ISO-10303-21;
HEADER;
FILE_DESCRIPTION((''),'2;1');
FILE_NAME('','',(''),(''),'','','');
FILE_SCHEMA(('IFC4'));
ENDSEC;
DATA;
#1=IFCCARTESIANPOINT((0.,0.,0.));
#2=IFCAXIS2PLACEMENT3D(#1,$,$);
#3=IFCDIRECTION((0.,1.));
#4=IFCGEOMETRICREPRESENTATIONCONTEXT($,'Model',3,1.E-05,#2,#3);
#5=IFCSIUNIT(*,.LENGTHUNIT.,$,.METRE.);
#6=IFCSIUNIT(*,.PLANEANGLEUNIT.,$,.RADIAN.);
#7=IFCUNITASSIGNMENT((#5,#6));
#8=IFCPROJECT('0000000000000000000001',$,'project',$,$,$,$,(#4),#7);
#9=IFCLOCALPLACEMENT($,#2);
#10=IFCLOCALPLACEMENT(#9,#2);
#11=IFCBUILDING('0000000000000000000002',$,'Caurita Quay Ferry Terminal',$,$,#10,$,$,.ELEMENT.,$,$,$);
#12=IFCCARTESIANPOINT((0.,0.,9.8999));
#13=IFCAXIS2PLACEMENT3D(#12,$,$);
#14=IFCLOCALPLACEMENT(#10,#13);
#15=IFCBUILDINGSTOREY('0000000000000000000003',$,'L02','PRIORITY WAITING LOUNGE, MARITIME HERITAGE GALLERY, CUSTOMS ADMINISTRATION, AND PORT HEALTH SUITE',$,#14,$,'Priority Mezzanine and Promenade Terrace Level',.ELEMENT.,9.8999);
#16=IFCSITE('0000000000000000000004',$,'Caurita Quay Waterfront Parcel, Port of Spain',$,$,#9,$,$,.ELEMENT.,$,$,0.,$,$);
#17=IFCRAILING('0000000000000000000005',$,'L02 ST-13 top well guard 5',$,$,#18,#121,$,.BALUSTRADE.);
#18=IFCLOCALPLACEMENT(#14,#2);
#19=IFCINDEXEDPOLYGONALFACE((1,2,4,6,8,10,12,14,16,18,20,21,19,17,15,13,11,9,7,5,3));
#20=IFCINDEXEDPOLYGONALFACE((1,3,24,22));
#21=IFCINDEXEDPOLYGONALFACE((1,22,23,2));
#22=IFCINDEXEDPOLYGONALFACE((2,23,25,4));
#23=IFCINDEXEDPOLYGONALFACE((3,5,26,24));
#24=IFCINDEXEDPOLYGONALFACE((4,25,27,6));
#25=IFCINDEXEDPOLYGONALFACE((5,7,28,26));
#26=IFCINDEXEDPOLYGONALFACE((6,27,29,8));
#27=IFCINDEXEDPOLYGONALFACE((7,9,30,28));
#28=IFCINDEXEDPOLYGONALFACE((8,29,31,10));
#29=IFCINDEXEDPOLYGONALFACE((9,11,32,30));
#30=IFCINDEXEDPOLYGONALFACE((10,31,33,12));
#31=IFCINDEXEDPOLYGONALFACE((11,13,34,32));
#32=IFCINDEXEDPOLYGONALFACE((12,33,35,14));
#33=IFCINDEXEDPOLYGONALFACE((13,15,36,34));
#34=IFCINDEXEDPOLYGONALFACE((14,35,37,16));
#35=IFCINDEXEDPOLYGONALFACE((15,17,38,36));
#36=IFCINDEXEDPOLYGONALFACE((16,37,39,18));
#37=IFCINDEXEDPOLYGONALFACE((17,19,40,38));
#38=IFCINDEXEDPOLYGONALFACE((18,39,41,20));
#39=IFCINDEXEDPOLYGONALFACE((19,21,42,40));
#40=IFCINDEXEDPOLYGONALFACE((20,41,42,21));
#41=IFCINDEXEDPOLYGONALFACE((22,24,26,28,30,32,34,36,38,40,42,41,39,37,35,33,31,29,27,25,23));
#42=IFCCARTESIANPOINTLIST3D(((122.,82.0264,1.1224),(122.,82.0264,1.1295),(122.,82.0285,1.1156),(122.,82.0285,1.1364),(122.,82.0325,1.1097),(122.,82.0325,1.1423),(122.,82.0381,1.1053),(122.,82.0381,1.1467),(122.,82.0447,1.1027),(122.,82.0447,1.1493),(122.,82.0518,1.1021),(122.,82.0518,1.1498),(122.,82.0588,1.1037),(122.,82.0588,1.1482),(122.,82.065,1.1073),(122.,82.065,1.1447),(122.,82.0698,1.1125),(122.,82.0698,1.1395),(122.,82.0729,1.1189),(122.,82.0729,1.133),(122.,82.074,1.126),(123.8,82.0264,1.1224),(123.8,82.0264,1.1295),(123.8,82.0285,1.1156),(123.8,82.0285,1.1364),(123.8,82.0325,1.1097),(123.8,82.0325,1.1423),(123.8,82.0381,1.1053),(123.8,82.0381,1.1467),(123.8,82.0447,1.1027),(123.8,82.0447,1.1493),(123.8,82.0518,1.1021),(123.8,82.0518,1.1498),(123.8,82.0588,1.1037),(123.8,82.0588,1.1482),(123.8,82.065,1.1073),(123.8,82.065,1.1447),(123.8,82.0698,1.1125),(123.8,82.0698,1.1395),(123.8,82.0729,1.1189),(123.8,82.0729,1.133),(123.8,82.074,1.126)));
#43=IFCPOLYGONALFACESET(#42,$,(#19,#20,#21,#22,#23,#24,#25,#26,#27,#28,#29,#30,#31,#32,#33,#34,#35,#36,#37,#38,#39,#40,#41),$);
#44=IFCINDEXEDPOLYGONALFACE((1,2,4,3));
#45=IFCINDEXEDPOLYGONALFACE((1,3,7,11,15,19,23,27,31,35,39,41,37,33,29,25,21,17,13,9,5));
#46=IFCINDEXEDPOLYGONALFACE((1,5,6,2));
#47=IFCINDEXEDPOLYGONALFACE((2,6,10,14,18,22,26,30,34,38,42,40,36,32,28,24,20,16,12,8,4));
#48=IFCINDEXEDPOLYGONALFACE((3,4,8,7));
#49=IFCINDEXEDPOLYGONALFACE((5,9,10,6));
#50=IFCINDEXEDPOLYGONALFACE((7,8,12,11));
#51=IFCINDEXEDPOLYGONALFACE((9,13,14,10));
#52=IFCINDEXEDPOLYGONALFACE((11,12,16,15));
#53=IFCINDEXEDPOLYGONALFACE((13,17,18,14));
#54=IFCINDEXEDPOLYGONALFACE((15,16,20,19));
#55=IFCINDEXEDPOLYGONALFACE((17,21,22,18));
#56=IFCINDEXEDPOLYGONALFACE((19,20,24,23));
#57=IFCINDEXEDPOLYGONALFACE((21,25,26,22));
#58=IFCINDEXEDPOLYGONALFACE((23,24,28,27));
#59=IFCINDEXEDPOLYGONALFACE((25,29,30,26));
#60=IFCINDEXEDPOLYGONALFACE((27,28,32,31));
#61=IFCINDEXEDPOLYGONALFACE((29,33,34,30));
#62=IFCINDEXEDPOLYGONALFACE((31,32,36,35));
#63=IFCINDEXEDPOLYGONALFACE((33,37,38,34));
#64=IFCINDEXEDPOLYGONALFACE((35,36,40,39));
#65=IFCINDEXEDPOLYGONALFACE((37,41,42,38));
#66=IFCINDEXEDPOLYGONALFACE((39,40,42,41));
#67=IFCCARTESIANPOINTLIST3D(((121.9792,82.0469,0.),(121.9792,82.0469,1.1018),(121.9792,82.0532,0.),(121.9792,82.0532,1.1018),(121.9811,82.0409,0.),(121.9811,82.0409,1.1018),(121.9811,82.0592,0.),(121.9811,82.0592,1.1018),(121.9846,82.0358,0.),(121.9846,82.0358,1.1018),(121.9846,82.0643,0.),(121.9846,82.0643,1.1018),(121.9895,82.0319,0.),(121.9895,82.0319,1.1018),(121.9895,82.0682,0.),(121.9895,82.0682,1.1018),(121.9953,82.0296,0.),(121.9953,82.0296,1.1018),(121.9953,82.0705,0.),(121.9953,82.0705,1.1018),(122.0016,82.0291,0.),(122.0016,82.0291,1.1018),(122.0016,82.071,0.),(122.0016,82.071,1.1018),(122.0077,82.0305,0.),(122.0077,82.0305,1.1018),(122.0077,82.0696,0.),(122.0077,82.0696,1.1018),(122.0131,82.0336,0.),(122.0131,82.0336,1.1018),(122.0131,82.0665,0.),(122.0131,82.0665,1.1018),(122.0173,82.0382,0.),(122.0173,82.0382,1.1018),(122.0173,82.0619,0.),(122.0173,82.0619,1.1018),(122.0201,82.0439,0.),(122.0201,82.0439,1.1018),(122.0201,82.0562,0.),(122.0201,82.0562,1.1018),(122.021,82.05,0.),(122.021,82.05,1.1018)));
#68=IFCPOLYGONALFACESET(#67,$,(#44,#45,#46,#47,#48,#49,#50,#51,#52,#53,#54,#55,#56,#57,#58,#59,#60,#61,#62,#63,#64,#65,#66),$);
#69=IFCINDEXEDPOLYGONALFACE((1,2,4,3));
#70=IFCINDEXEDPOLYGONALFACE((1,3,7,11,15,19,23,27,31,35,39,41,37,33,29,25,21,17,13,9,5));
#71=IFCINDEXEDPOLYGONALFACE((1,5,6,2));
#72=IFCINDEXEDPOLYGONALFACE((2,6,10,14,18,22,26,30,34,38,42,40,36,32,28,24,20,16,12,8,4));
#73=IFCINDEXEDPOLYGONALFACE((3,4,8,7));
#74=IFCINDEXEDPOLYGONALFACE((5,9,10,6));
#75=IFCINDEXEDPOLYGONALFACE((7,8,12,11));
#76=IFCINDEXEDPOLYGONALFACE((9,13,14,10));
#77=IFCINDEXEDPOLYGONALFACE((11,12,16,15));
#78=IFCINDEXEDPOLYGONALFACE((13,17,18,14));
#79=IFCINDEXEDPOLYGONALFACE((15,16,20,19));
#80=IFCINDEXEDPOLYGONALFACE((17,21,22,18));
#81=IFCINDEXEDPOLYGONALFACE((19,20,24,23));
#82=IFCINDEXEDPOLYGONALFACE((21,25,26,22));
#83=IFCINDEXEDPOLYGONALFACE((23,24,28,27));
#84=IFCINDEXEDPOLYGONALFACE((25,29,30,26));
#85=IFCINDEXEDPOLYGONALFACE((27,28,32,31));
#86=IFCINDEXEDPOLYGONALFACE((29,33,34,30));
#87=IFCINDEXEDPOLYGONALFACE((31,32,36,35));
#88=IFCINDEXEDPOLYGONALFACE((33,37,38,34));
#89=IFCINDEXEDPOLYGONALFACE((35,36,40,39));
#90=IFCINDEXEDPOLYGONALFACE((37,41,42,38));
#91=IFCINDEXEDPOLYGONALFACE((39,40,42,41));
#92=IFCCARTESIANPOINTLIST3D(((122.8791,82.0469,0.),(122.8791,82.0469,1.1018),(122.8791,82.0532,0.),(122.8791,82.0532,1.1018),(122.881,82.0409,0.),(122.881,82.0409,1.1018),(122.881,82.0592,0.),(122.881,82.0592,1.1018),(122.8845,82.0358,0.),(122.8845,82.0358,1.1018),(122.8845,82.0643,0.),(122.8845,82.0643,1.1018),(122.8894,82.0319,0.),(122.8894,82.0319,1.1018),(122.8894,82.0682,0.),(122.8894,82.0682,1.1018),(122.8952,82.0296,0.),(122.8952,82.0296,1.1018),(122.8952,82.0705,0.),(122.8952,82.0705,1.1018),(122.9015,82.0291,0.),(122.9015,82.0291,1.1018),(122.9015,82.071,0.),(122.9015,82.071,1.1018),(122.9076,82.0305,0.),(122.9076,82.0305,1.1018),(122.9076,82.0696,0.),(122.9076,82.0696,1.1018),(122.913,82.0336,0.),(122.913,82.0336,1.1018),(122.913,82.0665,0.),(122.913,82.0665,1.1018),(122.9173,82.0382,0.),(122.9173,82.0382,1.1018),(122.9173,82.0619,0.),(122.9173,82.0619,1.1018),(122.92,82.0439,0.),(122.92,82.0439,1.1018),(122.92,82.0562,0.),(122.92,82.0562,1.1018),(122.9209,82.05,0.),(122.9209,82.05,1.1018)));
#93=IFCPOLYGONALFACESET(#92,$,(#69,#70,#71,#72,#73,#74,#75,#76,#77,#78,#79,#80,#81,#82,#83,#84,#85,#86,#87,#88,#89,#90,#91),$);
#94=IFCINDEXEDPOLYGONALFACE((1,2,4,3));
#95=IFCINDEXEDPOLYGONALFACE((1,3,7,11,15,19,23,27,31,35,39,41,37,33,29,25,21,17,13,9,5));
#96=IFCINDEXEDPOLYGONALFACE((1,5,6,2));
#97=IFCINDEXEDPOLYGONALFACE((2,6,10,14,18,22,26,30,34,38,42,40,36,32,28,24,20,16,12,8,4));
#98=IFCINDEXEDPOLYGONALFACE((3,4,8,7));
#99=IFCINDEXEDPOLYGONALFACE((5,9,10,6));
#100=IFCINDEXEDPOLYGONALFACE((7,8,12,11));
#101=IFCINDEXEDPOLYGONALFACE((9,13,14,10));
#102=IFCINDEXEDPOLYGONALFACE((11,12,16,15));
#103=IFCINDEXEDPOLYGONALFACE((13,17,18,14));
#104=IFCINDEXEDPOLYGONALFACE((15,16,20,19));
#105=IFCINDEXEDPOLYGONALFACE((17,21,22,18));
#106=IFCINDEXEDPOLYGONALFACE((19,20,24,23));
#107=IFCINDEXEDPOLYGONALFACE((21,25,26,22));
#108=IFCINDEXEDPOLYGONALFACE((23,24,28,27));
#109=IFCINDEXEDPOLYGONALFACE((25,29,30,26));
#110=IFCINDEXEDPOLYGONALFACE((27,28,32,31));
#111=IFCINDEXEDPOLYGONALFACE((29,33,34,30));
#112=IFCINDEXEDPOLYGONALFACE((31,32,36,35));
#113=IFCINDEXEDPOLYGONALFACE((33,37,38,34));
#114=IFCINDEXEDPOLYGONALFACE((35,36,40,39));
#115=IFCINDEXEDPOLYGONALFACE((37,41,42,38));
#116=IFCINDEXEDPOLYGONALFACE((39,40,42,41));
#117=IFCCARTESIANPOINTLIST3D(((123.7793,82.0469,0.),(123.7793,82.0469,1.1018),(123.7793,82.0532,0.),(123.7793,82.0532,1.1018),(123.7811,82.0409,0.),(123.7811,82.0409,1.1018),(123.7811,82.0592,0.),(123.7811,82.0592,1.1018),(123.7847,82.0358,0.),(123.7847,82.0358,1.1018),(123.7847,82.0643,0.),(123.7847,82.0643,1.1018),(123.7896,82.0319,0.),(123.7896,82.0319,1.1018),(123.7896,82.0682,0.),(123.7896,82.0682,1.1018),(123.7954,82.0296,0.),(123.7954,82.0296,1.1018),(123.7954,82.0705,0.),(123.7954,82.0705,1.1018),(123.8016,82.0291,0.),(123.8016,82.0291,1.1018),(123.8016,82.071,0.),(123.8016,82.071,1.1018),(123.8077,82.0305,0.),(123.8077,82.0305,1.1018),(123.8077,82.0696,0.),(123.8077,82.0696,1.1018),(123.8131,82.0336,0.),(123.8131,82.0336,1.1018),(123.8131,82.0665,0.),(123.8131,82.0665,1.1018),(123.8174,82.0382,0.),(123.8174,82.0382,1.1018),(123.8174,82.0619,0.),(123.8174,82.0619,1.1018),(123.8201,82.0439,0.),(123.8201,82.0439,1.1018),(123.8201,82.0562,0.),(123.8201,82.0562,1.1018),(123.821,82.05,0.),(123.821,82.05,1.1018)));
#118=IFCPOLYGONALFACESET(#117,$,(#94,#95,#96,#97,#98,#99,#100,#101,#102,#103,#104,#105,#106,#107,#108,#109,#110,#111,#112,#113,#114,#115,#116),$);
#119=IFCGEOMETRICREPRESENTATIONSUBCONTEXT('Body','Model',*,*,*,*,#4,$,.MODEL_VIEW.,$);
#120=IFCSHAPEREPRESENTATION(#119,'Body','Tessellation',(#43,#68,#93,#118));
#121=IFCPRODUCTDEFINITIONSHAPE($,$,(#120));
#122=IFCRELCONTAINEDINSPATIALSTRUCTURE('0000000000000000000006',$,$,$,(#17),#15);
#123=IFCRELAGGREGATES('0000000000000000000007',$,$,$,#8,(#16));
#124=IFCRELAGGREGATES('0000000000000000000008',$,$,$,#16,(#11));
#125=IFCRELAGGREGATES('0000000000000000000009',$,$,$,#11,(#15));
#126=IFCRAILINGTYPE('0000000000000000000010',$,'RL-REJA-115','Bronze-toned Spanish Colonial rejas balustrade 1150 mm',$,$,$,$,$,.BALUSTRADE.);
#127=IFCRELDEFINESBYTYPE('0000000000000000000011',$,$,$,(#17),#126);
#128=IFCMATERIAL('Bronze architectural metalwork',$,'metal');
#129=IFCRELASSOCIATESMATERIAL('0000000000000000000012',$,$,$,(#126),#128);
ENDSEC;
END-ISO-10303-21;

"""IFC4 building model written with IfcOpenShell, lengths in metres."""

from ifc_helpers import new_model, si_unit, direction, frame, origin, origin_2d, place, context, subcontext, project, spatial, circle, extrude, material, type_object, element, save


model = new_model("IFC4")

# Units and contexts
model_context = context("Model", 3, precision=1e-05, world=origin(), true_north=direction((0.0, 1.0)))
body_context = subcontext(model_context, "Body", "Model", "MODEL_VIEW")
ifc_project = project(units=[si_unit("LENGTHUNIT", "METRE"), si_unit("PLANEANGLEUNIT", "RADIAN")], contexts=[model_context])

# Site, building, storey
site_placement = place(None, origin())
site = spatial("IfcSite", under=ifc_project, at=site_placement, Name="Caurita Quay Waterfront Parcel, Port of Spain", CompositionType="ELEMENT", RefElevation=0.0)
building_placement = place(site_placement, origin())
building = spatial("IfcBuilding", under=site, at=building_placement, Name="Caurita Quay Ferry Terminal", CompositionType="ELEMENT")
storey_placement = place(building_placement, frame((0.0, 0.0, 9.8999)))
storey = spatial("IfcBuildingStorey", under=building, at=storey_placement, Name="L02", Description="PRIORITY WAITING LOUNGE, MARITIME HERITAGE GALLERY, CUSTOMS ADMINISTRATION, AND PORT HEALTH SUITE", LongName="Priority Mezzanine and Promenade Terrace Level", CompositionType="ELEMENT", Elevation=9.8999)

# Railing
ifc_material_1 = material(Name="Bronze architectural metalwork", Category="metal")
railing_type = type_object("IfcRailingType", Name="RL-REJA-115", Description="Bronze-toned Spanish Colonial rejas balustrade 1150 mm", PredefinedType="BALUSTRADE", material=ifc_material_1)
railing_1_placement = place(storey_placement, frame((122.0, 82.05, 0.0)))
element("IfcRailing", 1, at=railing_1_placement, inside=storey, type_object=railing_type, Name="L02 ST-13 top well guard 5", PredefinedType="BALUSTRADE", context=body_context, shape_type="SweptSolid", body=[
    extrude(circle(Radius=0.0239, at=origin_2d()), frame((0.0, 0.0, 1.126), z_axis=(1.0, 0.0, 0.0), x_axis=(0.0, 1.0, 0.0)), (0.0, 0.0, 1.0), 1.8),
    extrude(circle(Radius=0.021, at=origin_2d()), origin(), (0.0, 0.0, 1.0), 1.1018),
    extrude(circle(Radius=0.021, at=origin_2d()), frame((0.8999, 0.0, 0.0)), (0.0, 0.0, 1.0), 1.1018),
    extrude(circle(Radius=0.021, at=origin_2d()), frame((1.8, 0.0, 0.0)), (0.0, 0.0, 1.0), 1.1018),
])

save(model, "model.ifc")
